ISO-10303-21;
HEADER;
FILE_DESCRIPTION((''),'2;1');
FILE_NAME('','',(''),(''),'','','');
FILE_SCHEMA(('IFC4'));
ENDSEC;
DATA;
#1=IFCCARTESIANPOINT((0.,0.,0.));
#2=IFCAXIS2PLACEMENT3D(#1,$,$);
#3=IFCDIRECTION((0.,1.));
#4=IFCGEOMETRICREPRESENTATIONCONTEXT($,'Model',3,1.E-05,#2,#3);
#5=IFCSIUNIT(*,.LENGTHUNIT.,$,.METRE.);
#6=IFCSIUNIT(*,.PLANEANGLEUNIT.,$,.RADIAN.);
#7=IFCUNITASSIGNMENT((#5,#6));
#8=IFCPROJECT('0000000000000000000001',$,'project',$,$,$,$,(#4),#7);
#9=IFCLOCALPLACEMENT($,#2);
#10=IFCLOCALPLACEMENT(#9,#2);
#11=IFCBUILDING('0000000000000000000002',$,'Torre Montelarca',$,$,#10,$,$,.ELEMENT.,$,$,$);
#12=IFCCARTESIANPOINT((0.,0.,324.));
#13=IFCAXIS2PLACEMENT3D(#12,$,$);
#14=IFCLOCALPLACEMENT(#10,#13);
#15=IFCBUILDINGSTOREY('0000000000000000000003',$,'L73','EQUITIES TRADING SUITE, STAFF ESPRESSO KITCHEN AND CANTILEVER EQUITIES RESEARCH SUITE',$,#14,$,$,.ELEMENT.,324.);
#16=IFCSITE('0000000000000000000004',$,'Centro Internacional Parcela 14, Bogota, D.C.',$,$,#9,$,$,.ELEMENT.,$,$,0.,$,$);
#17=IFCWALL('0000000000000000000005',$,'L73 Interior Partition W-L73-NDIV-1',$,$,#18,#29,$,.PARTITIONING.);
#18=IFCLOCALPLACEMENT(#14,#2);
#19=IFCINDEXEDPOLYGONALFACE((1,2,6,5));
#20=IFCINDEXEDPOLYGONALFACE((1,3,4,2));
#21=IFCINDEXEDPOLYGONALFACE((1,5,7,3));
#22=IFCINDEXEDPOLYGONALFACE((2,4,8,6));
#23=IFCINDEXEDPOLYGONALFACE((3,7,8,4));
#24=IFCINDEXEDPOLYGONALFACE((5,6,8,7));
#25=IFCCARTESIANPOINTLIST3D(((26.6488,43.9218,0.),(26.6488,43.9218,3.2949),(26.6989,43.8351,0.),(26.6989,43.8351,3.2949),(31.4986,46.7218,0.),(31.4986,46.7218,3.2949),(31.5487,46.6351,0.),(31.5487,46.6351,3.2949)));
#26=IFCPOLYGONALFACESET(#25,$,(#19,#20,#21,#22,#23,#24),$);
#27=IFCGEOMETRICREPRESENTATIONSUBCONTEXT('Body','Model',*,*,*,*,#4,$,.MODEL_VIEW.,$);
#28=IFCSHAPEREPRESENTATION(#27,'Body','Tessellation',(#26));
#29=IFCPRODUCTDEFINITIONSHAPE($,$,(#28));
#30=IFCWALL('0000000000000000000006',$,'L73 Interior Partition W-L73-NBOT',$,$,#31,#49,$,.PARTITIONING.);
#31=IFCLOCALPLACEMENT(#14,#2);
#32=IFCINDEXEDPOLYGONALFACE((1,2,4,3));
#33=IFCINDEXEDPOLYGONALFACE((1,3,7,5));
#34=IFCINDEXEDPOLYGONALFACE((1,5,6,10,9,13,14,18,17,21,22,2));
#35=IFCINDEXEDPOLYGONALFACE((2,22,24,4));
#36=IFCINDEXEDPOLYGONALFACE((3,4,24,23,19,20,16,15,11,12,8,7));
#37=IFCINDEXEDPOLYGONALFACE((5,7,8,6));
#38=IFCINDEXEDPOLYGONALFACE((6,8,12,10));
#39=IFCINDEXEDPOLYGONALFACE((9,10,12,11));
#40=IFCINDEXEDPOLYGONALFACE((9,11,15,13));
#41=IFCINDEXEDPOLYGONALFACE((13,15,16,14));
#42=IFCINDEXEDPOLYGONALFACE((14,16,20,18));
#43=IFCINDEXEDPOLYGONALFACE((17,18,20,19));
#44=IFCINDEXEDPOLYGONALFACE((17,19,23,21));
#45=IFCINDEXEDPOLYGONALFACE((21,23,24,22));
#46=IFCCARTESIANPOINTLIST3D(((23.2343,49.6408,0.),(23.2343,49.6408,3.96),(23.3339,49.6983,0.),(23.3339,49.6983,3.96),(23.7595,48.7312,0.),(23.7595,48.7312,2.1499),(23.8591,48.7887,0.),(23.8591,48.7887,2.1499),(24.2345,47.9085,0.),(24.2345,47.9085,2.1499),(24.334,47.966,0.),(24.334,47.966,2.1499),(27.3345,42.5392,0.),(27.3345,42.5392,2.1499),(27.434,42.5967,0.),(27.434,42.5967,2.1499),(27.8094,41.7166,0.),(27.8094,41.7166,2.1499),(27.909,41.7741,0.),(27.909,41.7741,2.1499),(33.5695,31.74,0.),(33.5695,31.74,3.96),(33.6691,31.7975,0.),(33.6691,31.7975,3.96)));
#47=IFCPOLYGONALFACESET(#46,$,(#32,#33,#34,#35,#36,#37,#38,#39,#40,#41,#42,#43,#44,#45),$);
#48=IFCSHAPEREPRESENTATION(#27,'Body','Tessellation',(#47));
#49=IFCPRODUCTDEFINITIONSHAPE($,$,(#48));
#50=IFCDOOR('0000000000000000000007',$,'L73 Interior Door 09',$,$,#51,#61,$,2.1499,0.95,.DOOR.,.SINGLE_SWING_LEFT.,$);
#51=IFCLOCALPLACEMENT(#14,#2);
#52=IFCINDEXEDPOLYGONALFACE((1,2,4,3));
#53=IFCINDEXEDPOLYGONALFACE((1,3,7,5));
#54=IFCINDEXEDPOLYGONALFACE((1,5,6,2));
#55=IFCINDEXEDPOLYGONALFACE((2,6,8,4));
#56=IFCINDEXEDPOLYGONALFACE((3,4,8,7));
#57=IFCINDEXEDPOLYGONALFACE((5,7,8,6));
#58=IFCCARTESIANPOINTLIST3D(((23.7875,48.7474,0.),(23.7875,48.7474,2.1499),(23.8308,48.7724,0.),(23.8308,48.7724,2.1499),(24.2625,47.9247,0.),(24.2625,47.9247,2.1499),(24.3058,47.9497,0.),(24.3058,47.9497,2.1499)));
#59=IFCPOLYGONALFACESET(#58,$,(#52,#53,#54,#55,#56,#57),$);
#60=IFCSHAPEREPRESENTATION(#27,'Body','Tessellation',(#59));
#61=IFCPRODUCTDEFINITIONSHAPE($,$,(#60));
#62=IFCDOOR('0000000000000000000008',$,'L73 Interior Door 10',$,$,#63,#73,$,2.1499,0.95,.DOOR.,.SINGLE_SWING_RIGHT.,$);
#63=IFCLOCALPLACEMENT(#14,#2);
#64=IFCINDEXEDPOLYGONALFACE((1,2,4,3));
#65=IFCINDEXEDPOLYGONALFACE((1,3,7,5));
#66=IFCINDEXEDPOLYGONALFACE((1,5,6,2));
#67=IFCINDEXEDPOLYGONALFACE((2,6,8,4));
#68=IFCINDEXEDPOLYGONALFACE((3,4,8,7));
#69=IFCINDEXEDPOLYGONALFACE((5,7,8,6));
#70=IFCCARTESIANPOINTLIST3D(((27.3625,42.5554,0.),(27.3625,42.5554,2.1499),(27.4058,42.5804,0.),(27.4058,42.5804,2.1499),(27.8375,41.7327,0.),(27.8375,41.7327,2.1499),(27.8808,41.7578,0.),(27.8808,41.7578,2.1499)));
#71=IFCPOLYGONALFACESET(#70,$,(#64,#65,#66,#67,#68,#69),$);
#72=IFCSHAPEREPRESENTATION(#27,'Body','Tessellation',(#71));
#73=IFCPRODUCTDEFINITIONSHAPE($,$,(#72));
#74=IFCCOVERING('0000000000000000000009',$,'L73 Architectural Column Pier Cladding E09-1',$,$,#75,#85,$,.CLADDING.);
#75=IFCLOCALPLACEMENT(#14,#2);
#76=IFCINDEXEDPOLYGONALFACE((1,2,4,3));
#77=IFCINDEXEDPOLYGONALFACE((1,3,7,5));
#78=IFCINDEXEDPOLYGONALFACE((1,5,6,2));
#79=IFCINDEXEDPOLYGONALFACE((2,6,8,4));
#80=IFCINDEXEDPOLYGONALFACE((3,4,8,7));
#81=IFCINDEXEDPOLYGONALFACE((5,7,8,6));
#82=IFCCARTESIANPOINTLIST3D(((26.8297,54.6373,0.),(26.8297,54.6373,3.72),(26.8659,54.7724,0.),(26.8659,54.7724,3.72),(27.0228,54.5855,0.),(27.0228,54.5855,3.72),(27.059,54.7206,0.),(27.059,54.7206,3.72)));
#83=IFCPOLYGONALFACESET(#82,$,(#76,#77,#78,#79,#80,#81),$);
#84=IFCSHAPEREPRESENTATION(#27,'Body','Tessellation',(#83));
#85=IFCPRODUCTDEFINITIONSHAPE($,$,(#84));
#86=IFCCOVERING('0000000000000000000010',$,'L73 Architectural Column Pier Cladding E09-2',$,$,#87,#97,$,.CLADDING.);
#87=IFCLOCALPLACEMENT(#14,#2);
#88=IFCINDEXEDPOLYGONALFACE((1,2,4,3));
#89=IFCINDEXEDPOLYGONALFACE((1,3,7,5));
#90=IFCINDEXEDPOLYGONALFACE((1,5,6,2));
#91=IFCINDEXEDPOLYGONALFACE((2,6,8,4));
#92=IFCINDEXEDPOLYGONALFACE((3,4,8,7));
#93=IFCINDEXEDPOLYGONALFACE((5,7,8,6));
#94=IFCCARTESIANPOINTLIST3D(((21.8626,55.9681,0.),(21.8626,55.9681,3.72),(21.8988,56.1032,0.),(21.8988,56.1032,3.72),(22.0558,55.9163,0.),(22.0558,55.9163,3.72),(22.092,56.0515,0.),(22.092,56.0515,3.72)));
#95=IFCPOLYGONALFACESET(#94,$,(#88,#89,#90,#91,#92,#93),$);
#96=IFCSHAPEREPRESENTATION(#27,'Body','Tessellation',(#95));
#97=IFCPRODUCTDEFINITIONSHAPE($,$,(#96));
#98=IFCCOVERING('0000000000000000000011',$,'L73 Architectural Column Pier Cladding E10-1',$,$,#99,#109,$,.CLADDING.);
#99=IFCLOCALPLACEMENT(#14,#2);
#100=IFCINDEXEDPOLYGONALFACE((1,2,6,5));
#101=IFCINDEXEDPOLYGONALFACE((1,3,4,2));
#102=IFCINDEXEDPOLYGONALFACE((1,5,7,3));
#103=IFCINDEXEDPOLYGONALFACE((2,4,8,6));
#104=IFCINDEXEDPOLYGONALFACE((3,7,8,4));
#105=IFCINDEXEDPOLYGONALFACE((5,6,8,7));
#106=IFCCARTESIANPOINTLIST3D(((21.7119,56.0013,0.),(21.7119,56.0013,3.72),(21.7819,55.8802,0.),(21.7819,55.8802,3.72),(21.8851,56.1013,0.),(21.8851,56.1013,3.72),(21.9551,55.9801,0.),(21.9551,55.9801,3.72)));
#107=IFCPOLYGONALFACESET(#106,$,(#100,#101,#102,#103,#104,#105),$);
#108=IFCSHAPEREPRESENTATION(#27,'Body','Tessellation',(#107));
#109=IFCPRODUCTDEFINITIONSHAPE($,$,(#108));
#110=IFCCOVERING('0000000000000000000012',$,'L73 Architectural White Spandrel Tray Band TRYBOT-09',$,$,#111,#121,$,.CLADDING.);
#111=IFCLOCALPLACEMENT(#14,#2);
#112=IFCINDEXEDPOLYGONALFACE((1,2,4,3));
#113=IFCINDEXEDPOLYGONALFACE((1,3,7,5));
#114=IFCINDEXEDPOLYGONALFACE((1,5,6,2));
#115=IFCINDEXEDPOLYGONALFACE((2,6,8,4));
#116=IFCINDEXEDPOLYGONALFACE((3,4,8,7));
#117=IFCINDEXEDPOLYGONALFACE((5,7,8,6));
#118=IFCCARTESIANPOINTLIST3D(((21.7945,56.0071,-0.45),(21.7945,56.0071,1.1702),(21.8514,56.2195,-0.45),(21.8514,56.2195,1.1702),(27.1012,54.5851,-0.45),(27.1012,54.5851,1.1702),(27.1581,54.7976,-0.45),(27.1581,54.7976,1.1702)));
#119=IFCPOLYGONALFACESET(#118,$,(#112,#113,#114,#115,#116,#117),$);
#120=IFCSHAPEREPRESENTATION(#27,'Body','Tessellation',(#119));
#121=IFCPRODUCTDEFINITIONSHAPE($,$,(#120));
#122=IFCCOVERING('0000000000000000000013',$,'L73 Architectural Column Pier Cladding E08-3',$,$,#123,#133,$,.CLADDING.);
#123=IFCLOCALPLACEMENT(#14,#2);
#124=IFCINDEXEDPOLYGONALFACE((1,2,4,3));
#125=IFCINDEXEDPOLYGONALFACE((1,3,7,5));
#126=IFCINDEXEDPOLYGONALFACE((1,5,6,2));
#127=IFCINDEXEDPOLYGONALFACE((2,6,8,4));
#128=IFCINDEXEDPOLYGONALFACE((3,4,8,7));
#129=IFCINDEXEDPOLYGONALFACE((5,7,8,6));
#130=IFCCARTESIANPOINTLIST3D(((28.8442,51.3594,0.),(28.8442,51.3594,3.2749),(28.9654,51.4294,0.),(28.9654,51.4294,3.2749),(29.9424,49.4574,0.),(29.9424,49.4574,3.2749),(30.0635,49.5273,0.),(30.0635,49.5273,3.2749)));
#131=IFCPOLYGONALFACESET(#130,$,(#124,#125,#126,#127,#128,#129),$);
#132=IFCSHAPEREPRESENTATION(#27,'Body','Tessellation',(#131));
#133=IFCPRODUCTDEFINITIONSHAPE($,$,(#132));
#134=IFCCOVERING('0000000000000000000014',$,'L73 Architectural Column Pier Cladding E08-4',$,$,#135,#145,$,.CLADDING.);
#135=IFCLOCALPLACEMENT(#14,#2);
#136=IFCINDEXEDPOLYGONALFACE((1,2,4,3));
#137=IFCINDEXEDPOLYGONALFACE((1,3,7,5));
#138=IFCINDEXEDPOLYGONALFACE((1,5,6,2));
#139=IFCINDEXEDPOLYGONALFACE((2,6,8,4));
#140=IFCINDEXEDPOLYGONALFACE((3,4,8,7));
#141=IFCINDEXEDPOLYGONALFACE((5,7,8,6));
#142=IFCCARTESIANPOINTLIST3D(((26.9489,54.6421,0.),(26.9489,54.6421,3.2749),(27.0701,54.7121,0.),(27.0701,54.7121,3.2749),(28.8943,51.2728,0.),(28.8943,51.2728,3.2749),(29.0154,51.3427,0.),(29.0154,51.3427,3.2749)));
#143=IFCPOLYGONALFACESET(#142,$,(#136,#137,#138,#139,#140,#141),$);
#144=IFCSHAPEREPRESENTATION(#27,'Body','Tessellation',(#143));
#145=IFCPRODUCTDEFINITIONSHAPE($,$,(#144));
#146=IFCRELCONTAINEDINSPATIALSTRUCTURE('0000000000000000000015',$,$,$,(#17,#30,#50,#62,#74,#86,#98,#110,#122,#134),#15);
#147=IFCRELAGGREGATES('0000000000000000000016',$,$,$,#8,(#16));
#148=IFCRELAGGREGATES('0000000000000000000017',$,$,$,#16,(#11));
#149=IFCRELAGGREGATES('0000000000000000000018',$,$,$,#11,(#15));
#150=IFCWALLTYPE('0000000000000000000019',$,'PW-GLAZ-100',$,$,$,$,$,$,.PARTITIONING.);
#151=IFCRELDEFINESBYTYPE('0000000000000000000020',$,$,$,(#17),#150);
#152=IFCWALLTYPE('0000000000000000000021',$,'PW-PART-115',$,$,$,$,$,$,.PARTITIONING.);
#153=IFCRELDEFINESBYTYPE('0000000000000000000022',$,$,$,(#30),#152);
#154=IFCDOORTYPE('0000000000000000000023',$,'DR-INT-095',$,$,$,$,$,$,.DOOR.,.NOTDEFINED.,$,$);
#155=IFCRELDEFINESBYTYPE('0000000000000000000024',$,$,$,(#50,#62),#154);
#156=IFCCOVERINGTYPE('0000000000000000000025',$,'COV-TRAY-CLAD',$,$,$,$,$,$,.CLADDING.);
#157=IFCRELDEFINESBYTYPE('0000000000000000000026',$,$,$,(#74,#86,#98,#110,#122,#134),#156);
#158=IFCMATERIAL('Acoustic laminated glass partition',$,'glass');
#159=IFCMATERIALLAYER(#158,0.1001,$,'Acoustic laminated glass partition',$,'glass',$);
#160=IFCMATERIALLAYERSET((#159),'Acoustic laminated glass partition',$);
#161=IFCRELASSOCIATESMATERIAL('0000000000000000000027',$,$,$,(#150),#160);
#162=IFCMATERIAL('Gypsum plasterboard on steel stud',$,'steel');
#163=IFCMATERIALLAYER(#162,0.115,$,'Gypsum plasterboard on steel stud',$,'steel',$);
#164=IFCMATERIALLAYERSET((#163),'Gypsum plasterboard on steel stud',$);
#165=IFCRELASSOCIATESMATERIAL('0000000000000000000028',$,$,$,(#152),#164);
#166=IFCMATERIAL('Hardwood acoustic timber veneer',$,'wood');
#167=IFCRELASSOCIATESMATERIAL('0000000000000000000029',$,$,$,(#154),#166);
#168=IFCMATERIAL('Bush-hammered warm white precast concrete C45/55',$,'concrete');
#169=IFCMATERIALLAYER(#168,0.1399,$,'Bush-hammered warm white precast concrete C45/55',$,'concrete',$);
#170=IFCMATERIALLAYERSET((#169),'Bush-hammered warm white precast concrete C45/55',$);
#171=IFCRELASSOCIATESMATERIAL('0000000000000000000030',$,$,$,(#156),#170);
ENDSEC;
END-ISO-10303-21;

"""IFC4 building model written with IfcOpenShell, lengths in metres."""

from ifc_helpers import new_model, si_unit, direction, frame, frame_2d, origin, origin_2d, place, context, subcontext, project, spatial, rectangle, extrude, source, transform, mapped, material, layer, layer_set, type_object, element, fill, save


model = new_model("IFC4")

# Units and contexts
model_context = context("Model", 3, precision=1e-05, world=origin(), true_north=direction((0.0, 1.0)))
body_context = subcontext(model_context, "Body", "Model", "MODEL_VIEW")
ifc_project = project(units=[si_unit("LENGTHUNIT", "METRE"), si_unit("PLANEANGLEUNIT", "RADIAN")], contexts=[model_context])

# Site, building, storey
site_placement = place(None, origin())
site = spatial("IfcSite", under=ifc_project, at=site_placement, Name="Centro Internacional Parcela 14, Bogota, D.C.", CompositionType="ELEMENT", RefElevation=0.0)
building_placement = place(site_placement, origin())
building = spatial("IfcBuilding", under=site, at=building_placement, Name="Torre Montelarca", CompositionType="ELEMENT")
storey_placement = place(building_placement, frame((0.0, 0.0, 324.0)))
storey = spatial("IfcBuildingStorey", under=building, at=storey_placement, Name="L73", Description="EQUITIES TRADING SUITE, STAFF ESPRESSO KITCHEN AND CANTILEVER EQUITIES RESEARCH SUITE", CompositionType="ELEMENT", Elevation=324.0)

# Wall
ifc_material_1 = material(Name="Acoustic laminated glass partition", Category="glass")
ifc_layer_1 = layer(ifc_material_1, 0.1001, Name="Acoustic laminated glass partition", Category="glass")
ifc_layer_set_1 = layer_set([ifc_layer_1], Name="Acoustic laminated glass partition")
wall_type_1 = type_object("IfcWallType", Name="PW-GLAZ-100", PredefinedType="PARTITIONING", material=ifc_layer_set_1)
wall_1_placement = place(storey_placement, frame((26.6738, 43.8784, 0.0), z_axis=(0.0, 0.0, 1.0), x_axis=(0.866027, 0.499998, 0.0)))
element("IfcWall", 1, at=wall_1_placement, inside=storey, type_object=wall_type_1, Name="L73 Interior Partition W-L73-NDIV-1", PredefinedType="PARTITIONING", context=body_context, shape_type="SweptSolid", body=[
    extrude(rectangle(XDim=5.6001, YDim=0.1001, at=frame_2d((2.8, 0.0))), origin(), (0.0, 0.0, 1.0), 3.2949),
])

# Wall, openings, doors
ifc_material_2 = material(Name="Gypsum plasterboard on steel stud", Category="steel")
ifc_layer_2 = layer(ifc_material_2, 0.115, Name="Gypsum plasterboard on steel stud", Category="steel")
ifc_layer_set_2 = layer_set([ifc_layer_2], Name="Gypsum plasterboard on steel stud")
wall_type_2 = type_object("IfcWallType", Name="PW-PART-115", PredefinedType="PARTITIONING", material=ifc_layer_set_2)
wall_2_placement = place(storey_placement, frame((23.2842, 49.6694, 0.0), z_axis=(0.0, 0.0, 1.0), x_axis=(0.500005, -0.866023, 0.0)))
wall_2 = element("IfcWall", 2, at=wall_2_placement, inside=storey, type_object=wall_type_2, Name="L73 Interior Partition W-L73-NBOT", PredefinedType="PARTITIONING", context=body_context, shape_type="SweptSolid", body=[
    extrude(rectangle(XDim=20.6702, YDim=0.115, at=frame_2d((10.335, 0.0))), origin(), (0.0, 0.0, 1.0), 3.96),
])
opening_1_placement = place(wall_2_placement, frame((1.05, 0.0, 0.0)))
opening_1 = element("IfcOpeningElement", 3, at=opening_1_placement, cuts=wall_2, PredefinedType="OPENING", context=body_context, shape_type="SweptSolid", body=[
    extrude(rectangle(XDim=0.95, YDim=2.1499, at=frame_2d((0.4751, 1.075))), frame((0.0, 0.0674, 0.0), z_axis=(0.0, -1.0, 0.0), x_axis=(1.0, 0.0, 0.0)), (0.0, 0.0, 1.0), 0.135),
])
opening_2_placement = place(wall_2_placement, frame((8.2, 0.0, 0.0)))
opening_2 = element("IfcOpeningElement", 4, at=opening_2_placement, cuts=wall_2, PredefinedType="OPENING", context=body_context, shape_type="SweptSolid", body=[
    extrude(rectangle(XDim=0.95, YDim=2.1499, at=frame_2d((0.4751, 1.075))), frame((0.0, 0.0674, 0.0), z_axis=(0.0, -1.0, 0.0), x_axis=(1.0, 0.0, 0.0)), (0.0, 0.0, 1.0), 0.135),
])
ifc_material_3 = material(Name="Hardwood acoustic timber veneer", Category="wood")
door_type = type_object("IfcDoorType", Name="DR-INT-095", OperationType="NOTDEFINED", PredefinedType="DOOR", material=ifc_material_3)
shared_shape_1 = source(origin(), body_context, "Body", "SweptSolid", [
    extrude(rectangle(XDim=0.95, YDim=2.1499, at=frame_2d((0.4751, 1.075))), frame((0.0, 0.0249, 0.0), z_axis=(0.0, -1.0, 0.0), x_axis=(1.0, 0.0, 0.0)), (0.0, 0.0, 1.0), 0.05),
])
door_1_placement = place(opening_1_placement, origin())
door_1 = element("IfcDoor", 5, at=door_1_placement, inside=storey, type_object=door_type, Name="L73 Interior Door 09", OperationType="SINGLE_SWING_LEFT", OverallHeight=2.1499, OverallWidth=0.95, PredefinedType="DOOR", context=body_context, shape_type="MappedRepresentation", body=[
    mapped(shared_shape_1, transform((0.0, 0.0, 0.0), scale=1.0)),
])
fill(opening_1, door_1)
door_2_placement = place(opening_2_placement, origin())
door_2 = element("IfcDoor", 6, at=door_2_placement, inside=storey, type_object=door_type, Name="L73 Interior Door 10", OperationType="SINGLE_SWING_RIGHT", OverallHeight=2.1499, OverallWidth=0.95, PredefinedType="DOOR", context=body_context, shape_type="MappedRepresentation", body=[
    mapped(shared_shape_1, transform((0.0, 0.0, 0.0), scale=1.0)),
])
fill(opening_2, door_2)

# Coverings
ifc_material_4 = material(Name="Bush-hammered warm white precast concrete C45/55", Category="concrete")
ifc_layer_3 = layer(ifc_material_4, 0.1399, Name="Bush-hammered warm white precast concrete C45/55", Category="concrete")
ifc_layer_set_3 = layer_set([ifc_layer_3], Name="Bush-hammered warm white precast concrete C45/55")
covering_type = type_object("IfcCoveringType", Name="COV-TRAY-CLAD", PredefinedType="CLADDING", material=ifc_layer_set_3)
shared_shape_2 = source(origin(), body_context, "Body", "SweptSolid", [
    extrude(rectangle(XDim=0.2, YDim=0.1399, at=origin_2d()), origin(), (0.0, 0.0, 1.0), 3.72),
])
for number, where, z_axis, x_axis, name in (
    (7, (26.9443, 54.679, 0.0), (0.0, 0.0, 1.0), (-0.965925, 0.258821, 0.0), "L73 Architectural Column Pier Cladding E09-1"),
    (8, (21.9773, 56.0098, 0.0), (0.0, 0.0, 1.0), (-0.965925, 0.258821, 0.0), "L73 Architectural Column Pier Cladding E09-2"),
    (9, (21.8335, 55.9907, 0.0), (0.0, 0.0, 1.0), (-0.866025, -0.5, 0.0), "L73 Architectural Column Pier Cladding E10-1"),
):
    element("IfcCovering", number, at=place(storey_placement, frame(where, z_axis=z_axis, x_axis=x_axis)), inside=storey, type_object=covering_type, Name=name, PredefinedType="CLADDING", context=body_context, shape_type="MappedRepresentation", body=[
        mapped(shared_shape_2, transform((0.0, 0.0, 0.0), scale=1.0)),
    ])
shared_shape_3 = source(origin(), body_context, "Body", "SweptSolid", [
    extrude(rectangle(XDim=5.4939, YDim=0.22, at=origin_2d()), origin(), (0.0, 0.0, 1.0), 1.6201),
])
covering_1_placement = place(storey_placement, frame((24.4763, 55.4023, -0.45), z_axis=(0.0, 0.0, 1.0), x_axis=(-0.965926, 0.258819, 0.0)))
element("IfcCovering", 10, at=covering_1_placement, inside=storey, type_object=covering_type, Name="L73 Architectural White Spandrel Tray Band TRYBOT-09", PredefinedType="CLADDING", context=body_context, shape_type="MappedRepresentation", body=[
    mapped(shared_shape_3, transform((0.0, 0.0, 0.0), scale=1.0)),
])
shared_shape_4 = source(origin(), body_context, "Body", "SweptSolid", [
    extrude(rectangle(XDim=2.1963, YDim=0.1399, at=origin_2d()), origin(), (0.0, 0.0, 1.0), 3.2749),
])
covering_2_placement = place(storey_placement, frame((29.4539, 50.4434, 0.0), z_axis=(0.0, 0.0, 1.0), x_axis=(-0.500002, 0.866025, 0.0)))
element("IfcCovering", 11, at=covering_2_placement, inside=storey, type_object=covering_type, Name="L73 Architectural Column Pier Cladding E08-3", PredefinedType="CLADDING", context=body_context, shape_type="MappedRepresentation", body=[
    mapped(shared_shape_4, transform((0.0, 0.0, 0.0), scale=1.0)),
])
shared_shape_5 = source(origin(), body_context, "Body", "SweptSolid", [
    extrude(rectangle(XDim=3.8906, YDim=0.1399, at=origin_2d()), origin(), (0.0, 0.0, 1.0), 3.2749),
])
covering_3_placement = place(storey_placement, frame((27.9822, 52.9924, 0.0), z_axis=(0.0, 0.0, 1.0), x_axis=(-0.500002, 0.866025, 0.0)))
element("IfcCovering", 12, at=covering_3_placement, inside=storey, type_object=covering_type, Name="L73 Architectural Column Pier Cladding E08-4", PredefinedType="CLADDING", context=body_context, shape_type="MappedRepresentation", body=[
    mapped(shared_shape_5, transform((0.0, 0.0, 0.0), scale=1.0)),
])

save(model, "model.ifc")
